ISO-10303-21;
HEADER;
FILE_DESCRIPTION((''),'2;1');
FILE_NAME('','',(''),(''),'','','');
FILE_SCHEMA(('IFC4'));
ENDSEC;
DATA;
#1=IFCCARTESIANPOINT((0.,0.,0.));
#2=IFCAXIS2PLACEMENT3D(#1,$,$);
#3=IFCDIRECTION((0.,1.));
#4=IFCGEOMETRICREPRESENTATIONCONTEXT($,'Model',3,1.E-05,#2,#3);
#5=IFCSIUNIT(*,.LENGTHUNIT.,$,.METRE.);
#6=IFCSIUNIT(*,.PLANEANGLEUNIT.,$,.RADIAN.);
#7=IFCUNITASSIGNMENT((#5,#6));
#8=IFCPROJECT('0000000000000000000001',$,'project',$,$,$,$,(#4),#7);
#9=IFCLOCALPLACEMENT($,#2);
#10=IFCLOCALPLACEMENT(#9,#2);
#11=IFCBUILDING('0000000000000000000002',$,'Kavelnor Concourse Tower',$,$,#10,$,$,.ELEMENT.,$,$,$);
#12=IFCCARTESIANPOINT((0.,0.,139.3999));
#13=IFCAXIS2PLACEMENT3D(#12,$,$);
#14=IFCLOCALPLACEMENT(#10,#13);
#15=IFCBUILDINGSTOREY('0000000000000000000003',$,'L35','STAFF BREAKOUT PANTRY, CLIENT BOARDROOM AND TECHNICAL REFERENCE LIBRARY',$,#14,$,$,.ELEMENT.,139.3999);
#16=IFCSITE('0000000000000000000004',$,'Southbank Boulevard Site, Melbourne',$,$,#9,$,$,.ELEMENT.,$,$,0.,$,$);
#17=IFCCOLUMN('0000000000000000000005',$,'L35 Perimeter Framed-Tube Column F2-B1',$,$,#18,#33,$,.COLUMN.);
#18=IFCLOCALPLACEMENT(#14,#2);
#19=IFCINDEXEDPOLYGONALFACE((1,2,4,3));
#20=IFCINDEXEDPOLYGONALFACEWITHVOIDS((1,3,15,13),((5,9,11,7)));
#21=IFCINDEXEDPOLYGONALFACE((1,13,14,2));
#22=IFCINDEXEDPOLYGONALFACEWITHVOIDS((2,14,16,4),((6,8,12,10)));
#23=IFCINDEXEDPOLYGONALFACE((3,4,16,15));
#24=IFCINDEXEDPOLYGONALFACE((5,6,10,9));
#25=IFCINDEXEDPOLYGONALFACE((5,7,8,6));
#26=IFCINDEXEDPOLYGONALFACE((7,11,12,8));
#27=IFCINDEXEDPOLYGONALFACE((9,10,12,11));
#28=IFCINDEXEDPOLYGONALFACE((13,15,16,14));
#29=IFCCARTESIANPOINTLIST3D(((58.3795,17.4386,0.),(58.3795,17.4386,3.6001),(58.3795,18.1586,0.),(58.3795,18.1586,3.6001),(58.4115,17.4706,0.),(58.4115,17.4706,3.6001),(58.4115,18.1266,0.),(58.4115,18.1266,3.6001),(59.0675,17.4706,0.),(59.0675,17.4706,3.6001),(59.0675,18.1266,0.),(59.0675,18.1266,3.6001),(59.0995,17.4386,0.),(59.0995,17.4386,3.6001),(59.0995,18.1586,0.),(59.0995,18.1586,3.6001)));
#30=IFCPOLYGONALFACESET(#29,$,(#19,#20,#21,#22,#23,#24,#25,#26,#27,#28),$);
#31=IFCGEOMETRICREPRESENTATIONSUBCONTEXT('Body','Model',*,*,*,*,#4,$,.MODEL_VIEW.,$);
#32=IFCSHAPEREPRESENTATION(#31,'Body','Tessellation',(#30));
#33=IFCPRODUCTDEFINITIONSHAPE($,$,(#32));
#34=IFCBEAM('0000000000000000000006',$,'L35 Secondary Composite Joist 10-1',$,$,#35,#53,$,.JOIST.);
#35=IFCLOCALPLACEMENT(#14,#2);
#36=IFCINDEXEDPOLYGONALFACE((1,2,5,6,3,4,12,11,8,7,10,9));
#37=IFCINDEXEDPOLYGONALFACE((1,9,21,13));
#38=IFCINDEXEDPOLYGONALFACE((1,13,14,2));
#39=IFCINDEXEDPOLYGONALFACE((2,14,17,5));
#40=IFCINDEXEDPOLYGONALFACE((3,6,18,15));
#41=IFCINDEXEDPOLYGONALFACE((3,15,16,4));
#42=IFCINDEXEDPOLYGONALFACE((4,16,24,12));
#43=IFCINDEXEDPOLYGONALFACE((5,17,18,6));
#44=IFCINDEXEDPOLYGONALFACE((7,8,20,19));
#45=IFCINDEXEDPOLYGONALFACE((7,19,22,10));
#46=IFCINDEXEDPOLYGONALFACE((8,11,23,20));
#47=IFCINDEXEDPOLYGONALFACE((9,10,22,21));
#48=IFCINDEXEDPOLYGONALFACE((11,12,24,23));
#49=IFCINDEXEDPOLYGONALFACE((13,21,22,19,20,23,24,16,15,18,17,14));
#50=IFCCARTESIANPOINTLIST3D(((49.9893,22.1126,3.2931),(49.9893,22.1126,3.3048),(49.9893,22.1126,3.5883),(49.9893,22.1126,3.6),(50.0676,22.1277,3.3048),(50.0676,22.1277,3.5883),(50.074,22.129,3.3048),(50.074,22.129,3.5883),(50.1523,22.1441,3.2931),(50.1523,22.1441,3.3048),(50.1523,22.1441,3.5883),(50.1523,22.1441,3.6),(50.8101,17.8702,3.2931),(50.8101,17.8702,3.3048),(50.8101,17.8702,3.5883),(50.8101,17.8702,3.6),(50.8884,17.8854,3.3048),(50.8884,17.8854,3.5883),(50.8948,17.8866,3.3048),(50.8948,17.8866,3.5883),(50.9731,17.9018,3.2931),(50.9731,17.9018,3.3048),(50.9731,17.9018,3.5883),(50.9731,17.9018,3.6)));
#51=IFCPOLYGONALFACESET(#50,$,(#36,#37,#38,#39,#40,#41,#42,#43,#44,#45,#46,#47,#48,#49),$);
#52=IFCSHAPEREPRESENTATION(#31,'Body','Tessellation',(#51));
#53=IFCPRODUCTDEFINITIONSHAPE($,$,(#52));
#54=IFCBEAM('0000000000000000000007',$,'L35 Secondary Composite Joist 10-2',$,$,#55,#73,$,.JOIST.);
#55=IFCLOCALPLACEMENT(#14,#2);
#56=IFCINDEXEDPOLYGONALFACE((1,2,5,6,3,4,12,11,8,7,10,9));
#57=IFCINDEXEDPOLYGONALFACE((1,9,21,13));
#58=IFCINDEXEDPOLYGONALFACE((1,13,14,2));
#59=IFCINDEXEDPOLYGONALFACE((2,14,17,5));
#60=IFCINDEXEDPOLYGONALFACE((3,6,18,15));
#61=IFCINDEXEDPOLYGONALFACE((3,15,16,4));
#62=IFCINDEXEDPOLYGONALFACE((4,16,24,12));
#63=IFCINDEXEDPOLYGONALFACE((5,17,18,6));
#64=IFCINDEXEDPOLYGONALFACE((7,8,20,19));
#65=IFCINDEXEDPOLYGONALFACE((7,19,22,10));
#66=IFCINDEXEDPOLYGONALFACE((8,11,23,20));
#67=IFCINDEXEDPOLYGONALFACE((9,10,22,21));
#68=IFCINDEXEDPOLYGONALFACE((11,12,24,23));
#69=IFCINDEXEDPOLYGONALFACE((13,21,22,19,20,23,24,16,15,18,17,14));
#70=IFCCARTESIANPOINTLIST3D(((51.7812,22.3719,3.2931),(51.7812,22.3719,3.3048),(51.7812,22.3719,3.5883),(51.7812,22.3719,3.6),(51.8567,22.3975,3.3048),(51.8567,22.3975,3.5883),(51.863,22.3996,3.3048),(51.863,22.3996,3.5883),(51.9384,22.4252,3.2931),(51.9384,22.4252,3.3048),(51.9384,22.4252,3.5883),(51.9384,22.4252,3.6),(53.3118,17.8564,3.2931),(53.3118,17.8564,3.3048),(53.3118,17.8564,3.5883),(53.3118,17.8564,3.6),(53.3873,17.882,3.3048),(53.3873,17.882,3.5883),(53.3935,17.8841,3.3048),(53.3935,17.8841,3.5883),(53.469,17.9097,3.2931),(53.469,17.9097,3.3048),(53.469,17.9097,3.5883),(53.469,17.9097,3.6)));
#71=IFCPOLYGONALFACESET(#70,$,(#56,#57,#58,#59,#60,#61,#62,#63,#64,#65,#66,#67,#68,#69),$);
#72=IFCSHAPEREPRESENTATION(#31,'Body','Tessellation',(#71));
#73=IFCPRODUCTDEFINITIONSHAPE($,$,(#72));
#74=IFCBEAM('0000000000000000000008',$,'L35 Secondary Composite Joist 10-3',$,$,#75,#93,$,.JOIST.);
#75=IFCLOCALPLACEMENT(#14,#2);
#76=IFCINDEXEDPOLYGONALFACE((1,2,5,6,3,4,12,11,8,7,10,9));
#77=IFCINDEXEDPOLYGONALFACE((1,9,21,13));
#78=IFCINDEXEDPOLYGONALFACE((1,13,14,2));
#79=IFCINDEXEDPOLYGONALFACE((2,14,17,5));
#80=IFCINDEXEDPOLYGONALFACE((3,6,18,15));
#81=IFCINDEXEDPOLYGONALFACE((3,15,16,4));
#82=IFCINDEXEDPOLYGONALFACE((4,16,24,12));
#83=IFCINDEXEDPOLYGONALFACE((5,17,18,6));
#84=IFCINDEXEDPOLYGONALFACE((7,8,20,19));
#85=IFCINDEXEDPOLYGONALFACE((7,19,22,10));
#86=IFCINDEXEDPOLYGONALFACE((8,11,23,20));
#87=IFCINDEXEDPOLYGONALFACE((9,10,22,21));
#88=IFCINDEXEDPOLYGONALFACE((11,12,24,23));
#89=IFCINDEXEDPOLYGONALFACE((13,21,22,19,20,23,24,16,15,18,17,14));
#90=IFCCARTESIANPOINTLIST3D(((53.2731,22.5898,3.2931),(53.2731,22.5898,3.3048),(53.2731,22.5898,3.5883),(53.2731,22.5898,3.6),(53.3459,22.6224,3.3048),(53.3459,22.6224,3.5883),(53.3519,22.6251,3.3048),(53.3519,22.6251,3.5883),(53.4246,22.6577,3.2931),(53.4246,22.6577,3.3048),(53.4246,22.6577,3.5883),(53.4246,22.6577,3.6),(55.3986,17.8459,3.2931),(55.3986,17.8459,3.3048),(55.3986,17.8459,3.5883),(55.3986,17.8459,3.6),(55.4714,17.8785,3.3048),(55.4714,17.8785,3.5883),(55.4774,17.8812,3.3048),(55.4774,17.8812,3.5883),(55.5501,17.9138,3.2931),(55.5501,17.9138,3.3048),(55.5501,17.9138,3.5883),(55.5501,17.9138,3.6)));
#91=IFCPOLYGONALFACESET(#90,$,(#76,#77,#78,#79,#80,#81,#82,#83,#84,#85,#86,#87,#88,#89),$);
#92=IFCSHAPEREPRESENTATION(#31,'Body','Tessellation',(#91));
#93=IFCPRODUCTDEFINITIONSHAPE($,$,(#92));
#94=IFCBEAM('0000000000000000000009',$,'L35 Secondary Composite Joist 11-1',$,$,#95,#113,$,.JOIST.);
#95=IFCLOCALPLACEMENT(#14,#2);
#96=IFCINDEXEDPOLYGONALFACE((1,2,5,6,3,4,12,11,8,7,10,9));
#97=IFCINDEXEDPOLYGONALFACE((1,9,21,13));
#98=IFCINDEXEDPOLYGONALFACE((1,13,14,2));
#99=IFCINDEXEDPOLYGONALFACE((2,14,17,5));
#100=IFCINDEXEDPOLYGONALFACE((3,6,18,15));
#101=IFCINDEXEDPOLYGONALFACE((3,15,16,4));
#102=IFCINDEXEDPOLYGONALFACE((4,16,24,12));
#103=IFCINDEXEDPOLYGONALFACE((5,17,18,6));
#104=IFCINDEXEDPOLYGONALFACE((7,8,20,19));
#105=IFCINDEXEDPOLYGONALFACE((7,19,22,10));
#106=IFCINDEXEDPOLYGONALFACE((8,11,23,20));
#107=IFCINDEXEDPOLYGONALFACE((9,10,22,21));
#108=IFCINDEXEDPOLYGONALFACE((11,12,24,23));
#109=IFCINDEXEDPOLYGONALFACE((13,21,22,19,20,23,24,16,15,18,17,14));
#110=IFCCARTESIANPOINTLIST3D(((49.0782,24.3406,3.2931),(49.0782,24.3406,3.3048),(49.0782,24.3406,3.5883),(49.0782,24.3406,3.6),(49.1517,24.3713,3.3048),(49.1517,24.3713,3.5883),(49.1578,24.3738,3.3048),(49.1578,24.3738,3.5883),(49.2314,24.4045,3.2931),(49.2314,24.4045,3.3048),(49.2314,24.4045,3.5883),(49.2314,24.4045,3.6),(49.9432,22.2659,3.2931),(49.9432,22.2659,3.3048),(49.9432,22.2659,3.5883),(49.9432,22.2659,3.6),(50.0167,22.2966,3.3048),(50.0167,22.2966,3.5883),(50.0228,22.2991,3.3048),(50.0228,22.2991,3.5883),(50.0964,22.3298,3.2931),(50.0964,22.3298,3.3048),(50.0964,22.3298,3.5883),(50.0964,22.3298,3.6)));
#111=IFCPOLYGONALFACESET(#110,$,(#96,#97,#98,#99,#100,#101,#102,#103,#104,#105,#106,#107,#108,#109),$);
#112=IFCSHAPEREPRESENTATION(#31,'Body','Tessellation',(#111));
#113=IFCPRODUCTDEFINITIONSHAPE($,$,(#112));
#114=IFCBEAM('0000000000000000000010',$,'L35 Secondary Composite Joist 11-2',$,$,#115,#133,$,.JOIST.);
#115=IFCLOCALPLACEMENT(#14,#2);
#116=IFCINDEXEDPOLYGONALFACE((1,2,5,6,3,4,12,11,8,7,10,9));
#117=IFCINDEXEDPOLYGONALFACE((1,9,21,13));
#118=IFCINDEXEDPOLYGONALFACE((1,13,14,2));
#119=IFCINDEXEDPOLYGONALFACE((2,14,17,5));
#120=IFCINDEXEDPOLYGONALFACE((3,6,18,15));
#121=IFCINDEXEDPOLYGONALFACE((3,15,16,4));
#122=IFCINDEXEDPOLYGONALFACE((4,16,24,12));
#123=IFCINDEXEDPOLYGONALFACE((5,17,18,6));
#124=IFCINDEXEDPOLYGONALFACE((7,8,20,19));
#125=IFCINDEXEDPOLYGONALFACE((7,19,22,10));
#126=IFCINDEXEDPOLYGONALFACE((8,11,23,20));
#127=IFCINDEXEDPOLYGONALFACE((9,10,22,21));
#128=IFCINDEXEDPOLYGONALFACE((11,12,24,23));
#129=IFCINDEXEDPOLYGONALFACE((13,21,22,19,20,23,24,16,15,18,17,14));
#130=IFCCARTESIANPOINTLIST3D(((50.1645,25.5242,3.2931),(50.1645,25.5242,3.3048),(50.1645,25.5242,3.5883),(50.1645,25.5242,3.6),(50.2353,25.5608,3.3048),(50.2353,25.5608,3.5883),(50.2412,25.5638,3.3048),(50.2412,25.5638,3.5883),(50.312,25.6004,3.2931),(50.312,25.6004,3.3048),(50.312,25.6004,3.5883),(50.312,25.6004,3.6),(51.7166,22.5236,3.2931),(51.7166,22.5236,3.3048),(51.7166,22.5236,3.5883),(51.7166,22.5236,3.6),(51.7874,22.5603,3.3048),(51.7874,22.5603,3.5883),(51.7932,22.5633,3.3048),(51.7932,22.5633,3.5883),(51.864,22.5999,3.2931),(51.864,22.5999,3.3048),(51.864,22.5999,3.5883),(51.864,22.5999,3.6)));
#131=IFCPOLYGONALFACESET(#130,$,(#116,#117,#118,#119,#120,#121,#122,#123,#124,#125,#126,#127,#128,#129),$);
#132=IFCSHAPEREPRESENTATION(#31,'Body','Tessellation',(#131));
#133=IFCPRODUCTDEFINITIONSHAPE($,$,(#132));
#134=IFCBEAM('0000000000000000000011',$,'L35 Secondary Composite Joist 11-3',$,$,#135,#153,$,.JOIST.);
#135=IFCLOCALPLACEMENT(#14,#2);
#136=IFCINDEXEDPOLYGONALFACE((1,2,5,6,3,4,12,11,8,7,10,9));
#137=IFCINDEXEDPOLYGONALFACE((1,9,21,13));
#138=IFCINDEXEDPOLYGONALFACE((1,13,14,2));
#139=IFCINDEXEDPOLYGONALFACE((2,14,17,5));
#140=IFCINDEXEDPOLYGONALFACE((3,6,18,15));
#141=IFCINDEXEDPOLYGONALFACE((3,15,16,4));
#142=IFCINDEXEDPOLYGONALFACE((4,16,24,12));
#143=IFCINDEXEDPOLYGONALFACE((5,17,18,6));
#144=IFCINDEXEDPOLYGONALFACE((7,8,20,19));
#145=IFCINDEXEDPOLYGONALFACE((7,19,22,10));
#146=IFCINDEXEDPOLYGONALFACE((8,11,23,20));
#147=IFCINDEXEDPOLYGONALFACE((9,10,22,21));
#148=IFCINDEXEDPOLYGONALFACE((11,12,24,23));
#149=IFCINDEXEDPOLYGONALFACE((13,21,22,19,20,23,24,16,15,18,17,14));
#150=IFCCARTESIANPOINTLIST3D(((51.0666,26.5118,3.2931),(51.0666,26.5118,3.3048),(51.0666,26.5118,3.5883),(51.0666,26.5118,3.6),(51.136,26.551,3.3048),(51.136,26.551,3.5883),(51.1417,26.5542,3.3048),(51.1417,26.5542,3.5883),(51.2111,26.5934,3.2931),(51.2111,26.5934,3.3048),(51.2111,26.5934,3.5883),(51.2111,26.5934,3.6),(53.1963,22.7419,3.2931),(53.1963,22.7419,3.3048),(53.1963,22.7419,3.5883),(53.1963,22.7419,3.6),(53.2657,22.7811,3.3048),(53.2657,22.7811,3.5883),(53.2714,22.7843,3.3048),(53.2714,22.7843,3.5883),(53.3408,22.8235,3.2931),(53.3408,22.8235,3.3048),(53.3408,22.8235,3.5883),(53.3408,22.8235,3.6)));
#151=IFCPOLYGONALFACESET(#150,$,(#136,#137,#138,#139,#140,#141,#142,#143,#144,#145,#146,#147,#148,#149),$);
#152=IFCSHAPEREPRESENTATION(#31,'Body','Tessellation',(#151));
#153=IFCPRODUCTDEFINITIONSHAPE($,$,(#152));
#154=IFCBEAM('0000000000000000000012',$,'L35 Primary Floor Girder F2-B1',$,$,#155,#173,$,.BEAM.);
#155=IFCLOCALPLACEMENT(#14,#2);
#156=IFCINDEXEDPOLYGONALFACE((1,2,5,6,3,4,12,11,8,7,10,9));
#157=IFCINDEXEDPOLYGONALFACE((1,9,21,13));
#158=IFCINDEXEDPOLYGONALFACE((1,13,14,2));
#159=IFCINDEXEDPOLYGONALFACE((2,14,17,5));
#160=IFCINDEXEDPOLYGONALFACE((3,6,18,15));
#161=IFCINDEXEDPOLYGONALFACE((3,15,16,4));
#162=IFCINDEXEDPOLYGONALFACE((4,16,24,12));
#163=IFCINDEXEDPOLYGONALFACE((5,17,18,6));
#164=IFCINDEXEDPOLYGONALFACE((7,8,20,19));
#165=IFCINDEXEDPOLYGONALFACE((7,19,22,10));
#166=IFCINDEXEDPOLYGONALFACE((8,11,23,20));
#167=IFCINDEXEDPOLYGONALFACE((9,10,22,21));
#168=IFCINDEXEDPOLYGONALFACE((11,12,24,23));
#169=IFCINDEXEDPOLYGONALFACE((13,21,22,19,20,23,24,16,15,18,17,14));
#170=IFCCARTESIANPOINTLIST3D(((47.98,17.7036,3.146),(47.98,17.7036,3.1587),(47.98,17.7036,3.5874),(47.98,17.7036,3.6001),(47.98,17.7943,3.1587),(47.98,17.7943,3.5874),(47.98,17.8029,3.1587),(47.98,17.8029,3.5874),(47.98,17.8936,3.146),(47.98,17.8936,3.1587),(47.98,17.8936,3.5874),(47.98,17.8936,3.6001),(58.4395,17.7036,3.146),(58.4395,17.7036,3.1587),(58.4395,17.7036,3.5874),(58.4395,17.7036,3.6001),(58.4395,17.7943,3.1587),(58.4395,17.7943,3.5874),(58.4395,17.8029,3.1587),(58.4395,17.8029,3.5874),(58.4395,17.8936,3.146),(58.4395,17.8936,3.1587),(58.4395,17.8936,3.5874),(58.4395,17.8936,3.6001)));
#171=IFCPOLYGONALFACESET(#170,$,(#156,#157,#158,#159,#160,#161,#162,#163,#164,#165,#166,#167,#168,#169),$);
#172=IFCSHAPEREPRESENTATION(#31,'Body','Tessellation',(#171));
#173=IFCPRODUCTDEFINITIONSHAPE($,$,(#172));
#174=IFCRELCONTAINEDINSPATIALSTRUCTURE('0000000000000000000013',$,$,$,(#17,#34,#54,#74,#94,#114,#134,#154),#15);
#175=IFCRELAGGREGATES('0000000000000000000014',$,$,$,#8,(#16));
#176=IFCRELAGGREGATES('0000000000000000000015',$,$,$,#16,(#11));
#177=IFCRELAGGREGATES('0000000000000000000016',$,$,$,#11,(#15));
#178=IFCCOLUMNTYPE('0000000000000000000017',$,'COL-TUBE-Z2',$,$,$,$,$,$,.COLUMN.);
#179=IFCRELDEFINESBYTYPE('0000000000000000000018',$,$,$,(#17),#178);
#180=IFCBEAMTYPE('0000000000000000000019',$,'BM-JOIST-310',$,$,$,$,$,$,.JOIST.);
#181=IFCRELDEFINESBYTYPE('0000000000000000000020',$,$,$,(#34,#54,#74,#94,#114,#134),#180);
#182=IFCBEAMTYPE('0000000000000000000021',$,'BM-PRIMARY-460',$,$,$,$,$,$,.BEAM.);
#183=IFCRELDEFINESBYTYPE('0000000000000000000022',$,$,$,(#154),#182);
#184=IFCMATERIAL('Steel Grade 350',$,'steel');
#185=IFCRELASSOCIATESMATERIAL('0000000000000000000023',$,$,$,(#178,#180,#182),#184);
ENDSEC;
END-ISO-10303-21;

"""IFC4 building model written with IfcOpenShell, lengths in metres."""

from ifc_helpers import new_model, si_unit, direction, frame, origin, origin_2d, place, context, subcontext, project, spatial, hollow_rectangle, i_section, extrude, material, material_profile, profile_set, type_object, element, save


model = new_model("IFC4")

# Units and contexts
model_context = context("Model", 3, precision=1e-05, world=origin(), true_north=direction((0.0, 1.0)))
body_context = subcontext(model_context, "Body", "Model", "MODEL_VIEW")
ifc_project = project(units=[si_unit("LENGTHUNIT", "METRE"), si_unit("PLANEANGLEUNIT", "RADIAN")], contexts=[model_context])

# Site, building, storey
site_placement = place(None, origin())
site = spatial("IfcSite", under=ifc_project, at=site_placement, Name="Southbank Boulevard Site, Melbourne", CompositionType="ELEMENT", RefElevation=0.0)
building_placement = place(site_placement, origin())
building = spatial("IfcBuilding", under=site, at=building_placement, Name="Kavelnor Concourse Tower", CompositionType="ELEMENT")
storey_placement = place(building_placement, frame((0.0, 0.0, 139.3999)))
storey = spatial("IfcBuildingStorey", under=building, at=storey_placement, Name="L35", Description="STAFF BREAKOUT PANTRY, CLIENT BOARDROOM AND TECHNICAL REFERENCE LIBRARY", CompositionType="ELEMENT", Elevation=139.3999)

# Column
ifc_material_1 = material(Name="Steel Grade 350", Category="steel")
ifc_material_profile_1 = material_profile(ifc_material_1, hollow_rectangle(XDim=0.72, YDim=0.72, WallThickness=0.032, at=origin_2d()), Name="SHS 720x720x32")
ifc_profile_set_1 = profile_set([ifc_material_profile_1], Name="Steel Grade 350")
column_type = type_object("IfcColumnType", Name="COL-TUBE-Z2", PredefinedType="COLUMN", material=ifc_profile_set_1)
column_placement = place(storey_placement, frame((58.7395, 17.7986, 0.0), z_axis=(0.0, 0.0, 1.0), x_axis=(1.0, 0.0, 0.0)))
element("IfcColumn", 1, at=column_placement, inside=storey, type_object=column_type, Name="L35 Perimeter Framed-Tube Column F2-B1", PredefinedType="COLUMN", context=body_context, shape_type="SweptSolid", body=[
    extrude(hollow_rectangle(XDim=0.72, YDim=0.72, WallThickness=0.032, at=origin_2d()), origin(), (0.0, 0.0, 1.0), 3.6001),
])

# Beams
ifc_material_profile_2 = material_profile(ifc_material_1, i_section(OverallWidth=0.166, OverallDepth=0.3069, WebThickness=0.0066, FlangeThickness=0.0117, at=origin_2d()), Name="310UB46")
ifc_profile_set_2 = profile_set([ifc_material_profile_2], Name="Steel Grade 350")
beam_type_1 = type_object("IfcBeamType", Name="BM-JOIST-310", PredefinedType="JOIST", material=ifc_profile_set_2)
beam_1_placement = place(storey_placement, frame((50.8916, 17.886, 3.4465), z_axis=(-0.189952, 0.981793, 0.0), x_axis=(-0.981793, -0.189952, 0.0)))
element("IfcBeam", 2, at=beam_1_placement, inside=storey, type_object=beam_type_1, Name="L35 Secondary Composite Joist 10-1", PredefinedType="JOIST", context=body_context, shape_type="SweptSolid", body=[
    extrude(i_section(OverallWidth=0.166, OverallDepth=0.3069, WebThickness=0.0066, FlangeThickness=0.0117, at=origin_2d()), origin(), (0.0, 0.0, 1.0), 4.321),
])
beam_2_placement = place(storey_placement, frame((53.3904, 17.8831, 3.4465), z_axis=(-0.321017, 0.947074, 0.0), x_axis=(-0.947074, -0.321017, 0.0)))
element("IfcBeam", 3, at=beam_2_placement, inside=storey, type_object=beam_type_1, Name="L35 Secondary Composite Joist 10-2", PredefinedType="JOIST", context=body_context, shape_type="SweptSolid", body=[
    extrude(i_section(OverallWidth=0.166, OverallDepth=0.3069, WebThickness=0.0066, FlangeThickness=0.0117, at=origin_2d()), origin(), (0.0, 0.0, 1.0), 4.7678),
])
beam_3_placement = place(storey_placement, frame((55.4744, 17.8799, 3.4465), z_axis=(-0.408882, 0.912587, 0.0), x_axis=(-0.912587, -0.408882, 0.0)))
element("IfcBeam", 4, at=beam_3_placement, inside=storey, type_object=beam_type_1, Name="L35 Secondary Composite Joist 10-3", PredefinedType="JOIST", context=body_context, shape_type="SweptSolid", body=[
    extrude(i_section(OverallWidth=0.166, OverallDepth=0.3069, WebThickness=0.0066, FlangeThickness=0.0117, at=origin_2d()), origin(), (0.0, 0.0, 1.0), 5.1982),
])
beam_4_placement = place(storey_placement, frame((50.0198, 22.2979, 3.4465), z_axis=(-0.384816, 0.922993, 0.0), x_axis=(-0.922993, -0.384816, 0.0)))
element("IfcBeam", 5, at=beam_4_placement, inside=storey, type_object=beam_type_1, Name="L35 Secondary Composite Joist 11-1", PredefinedType="JOIST", context=body_context, shape_type="SweptSolid", body=[
    extrude(i_section(OverallWidth=0.166, OverallDepth=0.3069, WebThickness=0.0066, FlangeThickness=0.0117, at=origin_2d()), origin(), (0.0, 0.0, 1.0), 2.2478),
])
beam_5_placement = place(storey_placement, frame((51.7903, 22.5618, 3.4465), z_axis=(-0.459429, 0.888215, 0.0), x_axis=(-0.888215, -0.459429, 0.0)))
element("IfcBeam", 6, at=beam_5_placement, inside=storey, type_object=beam_type_1, Name="L35 Secondary Composite Joist 11-2", PredefinedType="JOIST", context=body_context, shape_type="SweptSolid", body=[
    extrude(i_section(OverallWidth=0.166, OverallDepth=0.3069, WebThickness=0.0066, FlangeThickness=0.0117, at=origin_2d()), origin(), (0.0, 0.0, 1.0), 3.3782),
])
beam_6_placement = place(storey_placement, frame((53.2686, 22.7827, 3.4465), z_axis=(-0.491864, 0.870672, 0.0), x_axis=(-0.870672, -0.491864, 0.0)))
element("IfcBeam", 7, at=beam_6_placement, inside=storey, type_object=beam_type_1, Name="L35 Secondary Composite Joist 11-3", PredefinedType="JOIST", context=body_context, shape_type="SweptSolid", body=[
    extrude(i_section(OverallWidth=0.166, OverallDepth=0.3069, WebThickness=0.0066, FlangeThickness=0.0117, at=origin_2d()), origin(), (0.0, 0.0, 1.0), 4.3298),
])
ifc_material_profile_3 = material_profile(ifc_material_1, i_section(OverallWidth=0.1899, OverallDepth=0.4541, WebThickness=0.0085, FlangeThickness=0.0127, at=origin_2d()), Name="460UB67")
ifc_profile_set_3 = profile_set([ifc_material_profile_3], Name="Steel Grade 350")
beam_type_2 = type_object("IfcBeamType", Name="BM-PRIMARY-460", PredefinedType="BEAM", material=ifc_profile_set_3)
beam_7_placement = place(storey_placement, frame((47.98, 17.7986, 3.373), z_axis=(1.0, 0.0, 0.0), x_axis=(0.0, 1.0, 0.0)))
element("IfcBeam", 8, at=beam_7_placement, inside=storey, type_object=beam_type_2, Name="L35 Primary Floor Girder F2-B1", PredefinedType="BEAM", context=body_context, shape_type="SweptSolid", body=[
    extrude(i_section(OverallWidth=0.1899, OverallDepth=0.4541, WebThickness=0.0085, FlangeThickness=0.0127, at=origin_2d()), origin(), (0.0, 0.0, 1.0), 10.4595),
])

save(model, "model.ifc")
